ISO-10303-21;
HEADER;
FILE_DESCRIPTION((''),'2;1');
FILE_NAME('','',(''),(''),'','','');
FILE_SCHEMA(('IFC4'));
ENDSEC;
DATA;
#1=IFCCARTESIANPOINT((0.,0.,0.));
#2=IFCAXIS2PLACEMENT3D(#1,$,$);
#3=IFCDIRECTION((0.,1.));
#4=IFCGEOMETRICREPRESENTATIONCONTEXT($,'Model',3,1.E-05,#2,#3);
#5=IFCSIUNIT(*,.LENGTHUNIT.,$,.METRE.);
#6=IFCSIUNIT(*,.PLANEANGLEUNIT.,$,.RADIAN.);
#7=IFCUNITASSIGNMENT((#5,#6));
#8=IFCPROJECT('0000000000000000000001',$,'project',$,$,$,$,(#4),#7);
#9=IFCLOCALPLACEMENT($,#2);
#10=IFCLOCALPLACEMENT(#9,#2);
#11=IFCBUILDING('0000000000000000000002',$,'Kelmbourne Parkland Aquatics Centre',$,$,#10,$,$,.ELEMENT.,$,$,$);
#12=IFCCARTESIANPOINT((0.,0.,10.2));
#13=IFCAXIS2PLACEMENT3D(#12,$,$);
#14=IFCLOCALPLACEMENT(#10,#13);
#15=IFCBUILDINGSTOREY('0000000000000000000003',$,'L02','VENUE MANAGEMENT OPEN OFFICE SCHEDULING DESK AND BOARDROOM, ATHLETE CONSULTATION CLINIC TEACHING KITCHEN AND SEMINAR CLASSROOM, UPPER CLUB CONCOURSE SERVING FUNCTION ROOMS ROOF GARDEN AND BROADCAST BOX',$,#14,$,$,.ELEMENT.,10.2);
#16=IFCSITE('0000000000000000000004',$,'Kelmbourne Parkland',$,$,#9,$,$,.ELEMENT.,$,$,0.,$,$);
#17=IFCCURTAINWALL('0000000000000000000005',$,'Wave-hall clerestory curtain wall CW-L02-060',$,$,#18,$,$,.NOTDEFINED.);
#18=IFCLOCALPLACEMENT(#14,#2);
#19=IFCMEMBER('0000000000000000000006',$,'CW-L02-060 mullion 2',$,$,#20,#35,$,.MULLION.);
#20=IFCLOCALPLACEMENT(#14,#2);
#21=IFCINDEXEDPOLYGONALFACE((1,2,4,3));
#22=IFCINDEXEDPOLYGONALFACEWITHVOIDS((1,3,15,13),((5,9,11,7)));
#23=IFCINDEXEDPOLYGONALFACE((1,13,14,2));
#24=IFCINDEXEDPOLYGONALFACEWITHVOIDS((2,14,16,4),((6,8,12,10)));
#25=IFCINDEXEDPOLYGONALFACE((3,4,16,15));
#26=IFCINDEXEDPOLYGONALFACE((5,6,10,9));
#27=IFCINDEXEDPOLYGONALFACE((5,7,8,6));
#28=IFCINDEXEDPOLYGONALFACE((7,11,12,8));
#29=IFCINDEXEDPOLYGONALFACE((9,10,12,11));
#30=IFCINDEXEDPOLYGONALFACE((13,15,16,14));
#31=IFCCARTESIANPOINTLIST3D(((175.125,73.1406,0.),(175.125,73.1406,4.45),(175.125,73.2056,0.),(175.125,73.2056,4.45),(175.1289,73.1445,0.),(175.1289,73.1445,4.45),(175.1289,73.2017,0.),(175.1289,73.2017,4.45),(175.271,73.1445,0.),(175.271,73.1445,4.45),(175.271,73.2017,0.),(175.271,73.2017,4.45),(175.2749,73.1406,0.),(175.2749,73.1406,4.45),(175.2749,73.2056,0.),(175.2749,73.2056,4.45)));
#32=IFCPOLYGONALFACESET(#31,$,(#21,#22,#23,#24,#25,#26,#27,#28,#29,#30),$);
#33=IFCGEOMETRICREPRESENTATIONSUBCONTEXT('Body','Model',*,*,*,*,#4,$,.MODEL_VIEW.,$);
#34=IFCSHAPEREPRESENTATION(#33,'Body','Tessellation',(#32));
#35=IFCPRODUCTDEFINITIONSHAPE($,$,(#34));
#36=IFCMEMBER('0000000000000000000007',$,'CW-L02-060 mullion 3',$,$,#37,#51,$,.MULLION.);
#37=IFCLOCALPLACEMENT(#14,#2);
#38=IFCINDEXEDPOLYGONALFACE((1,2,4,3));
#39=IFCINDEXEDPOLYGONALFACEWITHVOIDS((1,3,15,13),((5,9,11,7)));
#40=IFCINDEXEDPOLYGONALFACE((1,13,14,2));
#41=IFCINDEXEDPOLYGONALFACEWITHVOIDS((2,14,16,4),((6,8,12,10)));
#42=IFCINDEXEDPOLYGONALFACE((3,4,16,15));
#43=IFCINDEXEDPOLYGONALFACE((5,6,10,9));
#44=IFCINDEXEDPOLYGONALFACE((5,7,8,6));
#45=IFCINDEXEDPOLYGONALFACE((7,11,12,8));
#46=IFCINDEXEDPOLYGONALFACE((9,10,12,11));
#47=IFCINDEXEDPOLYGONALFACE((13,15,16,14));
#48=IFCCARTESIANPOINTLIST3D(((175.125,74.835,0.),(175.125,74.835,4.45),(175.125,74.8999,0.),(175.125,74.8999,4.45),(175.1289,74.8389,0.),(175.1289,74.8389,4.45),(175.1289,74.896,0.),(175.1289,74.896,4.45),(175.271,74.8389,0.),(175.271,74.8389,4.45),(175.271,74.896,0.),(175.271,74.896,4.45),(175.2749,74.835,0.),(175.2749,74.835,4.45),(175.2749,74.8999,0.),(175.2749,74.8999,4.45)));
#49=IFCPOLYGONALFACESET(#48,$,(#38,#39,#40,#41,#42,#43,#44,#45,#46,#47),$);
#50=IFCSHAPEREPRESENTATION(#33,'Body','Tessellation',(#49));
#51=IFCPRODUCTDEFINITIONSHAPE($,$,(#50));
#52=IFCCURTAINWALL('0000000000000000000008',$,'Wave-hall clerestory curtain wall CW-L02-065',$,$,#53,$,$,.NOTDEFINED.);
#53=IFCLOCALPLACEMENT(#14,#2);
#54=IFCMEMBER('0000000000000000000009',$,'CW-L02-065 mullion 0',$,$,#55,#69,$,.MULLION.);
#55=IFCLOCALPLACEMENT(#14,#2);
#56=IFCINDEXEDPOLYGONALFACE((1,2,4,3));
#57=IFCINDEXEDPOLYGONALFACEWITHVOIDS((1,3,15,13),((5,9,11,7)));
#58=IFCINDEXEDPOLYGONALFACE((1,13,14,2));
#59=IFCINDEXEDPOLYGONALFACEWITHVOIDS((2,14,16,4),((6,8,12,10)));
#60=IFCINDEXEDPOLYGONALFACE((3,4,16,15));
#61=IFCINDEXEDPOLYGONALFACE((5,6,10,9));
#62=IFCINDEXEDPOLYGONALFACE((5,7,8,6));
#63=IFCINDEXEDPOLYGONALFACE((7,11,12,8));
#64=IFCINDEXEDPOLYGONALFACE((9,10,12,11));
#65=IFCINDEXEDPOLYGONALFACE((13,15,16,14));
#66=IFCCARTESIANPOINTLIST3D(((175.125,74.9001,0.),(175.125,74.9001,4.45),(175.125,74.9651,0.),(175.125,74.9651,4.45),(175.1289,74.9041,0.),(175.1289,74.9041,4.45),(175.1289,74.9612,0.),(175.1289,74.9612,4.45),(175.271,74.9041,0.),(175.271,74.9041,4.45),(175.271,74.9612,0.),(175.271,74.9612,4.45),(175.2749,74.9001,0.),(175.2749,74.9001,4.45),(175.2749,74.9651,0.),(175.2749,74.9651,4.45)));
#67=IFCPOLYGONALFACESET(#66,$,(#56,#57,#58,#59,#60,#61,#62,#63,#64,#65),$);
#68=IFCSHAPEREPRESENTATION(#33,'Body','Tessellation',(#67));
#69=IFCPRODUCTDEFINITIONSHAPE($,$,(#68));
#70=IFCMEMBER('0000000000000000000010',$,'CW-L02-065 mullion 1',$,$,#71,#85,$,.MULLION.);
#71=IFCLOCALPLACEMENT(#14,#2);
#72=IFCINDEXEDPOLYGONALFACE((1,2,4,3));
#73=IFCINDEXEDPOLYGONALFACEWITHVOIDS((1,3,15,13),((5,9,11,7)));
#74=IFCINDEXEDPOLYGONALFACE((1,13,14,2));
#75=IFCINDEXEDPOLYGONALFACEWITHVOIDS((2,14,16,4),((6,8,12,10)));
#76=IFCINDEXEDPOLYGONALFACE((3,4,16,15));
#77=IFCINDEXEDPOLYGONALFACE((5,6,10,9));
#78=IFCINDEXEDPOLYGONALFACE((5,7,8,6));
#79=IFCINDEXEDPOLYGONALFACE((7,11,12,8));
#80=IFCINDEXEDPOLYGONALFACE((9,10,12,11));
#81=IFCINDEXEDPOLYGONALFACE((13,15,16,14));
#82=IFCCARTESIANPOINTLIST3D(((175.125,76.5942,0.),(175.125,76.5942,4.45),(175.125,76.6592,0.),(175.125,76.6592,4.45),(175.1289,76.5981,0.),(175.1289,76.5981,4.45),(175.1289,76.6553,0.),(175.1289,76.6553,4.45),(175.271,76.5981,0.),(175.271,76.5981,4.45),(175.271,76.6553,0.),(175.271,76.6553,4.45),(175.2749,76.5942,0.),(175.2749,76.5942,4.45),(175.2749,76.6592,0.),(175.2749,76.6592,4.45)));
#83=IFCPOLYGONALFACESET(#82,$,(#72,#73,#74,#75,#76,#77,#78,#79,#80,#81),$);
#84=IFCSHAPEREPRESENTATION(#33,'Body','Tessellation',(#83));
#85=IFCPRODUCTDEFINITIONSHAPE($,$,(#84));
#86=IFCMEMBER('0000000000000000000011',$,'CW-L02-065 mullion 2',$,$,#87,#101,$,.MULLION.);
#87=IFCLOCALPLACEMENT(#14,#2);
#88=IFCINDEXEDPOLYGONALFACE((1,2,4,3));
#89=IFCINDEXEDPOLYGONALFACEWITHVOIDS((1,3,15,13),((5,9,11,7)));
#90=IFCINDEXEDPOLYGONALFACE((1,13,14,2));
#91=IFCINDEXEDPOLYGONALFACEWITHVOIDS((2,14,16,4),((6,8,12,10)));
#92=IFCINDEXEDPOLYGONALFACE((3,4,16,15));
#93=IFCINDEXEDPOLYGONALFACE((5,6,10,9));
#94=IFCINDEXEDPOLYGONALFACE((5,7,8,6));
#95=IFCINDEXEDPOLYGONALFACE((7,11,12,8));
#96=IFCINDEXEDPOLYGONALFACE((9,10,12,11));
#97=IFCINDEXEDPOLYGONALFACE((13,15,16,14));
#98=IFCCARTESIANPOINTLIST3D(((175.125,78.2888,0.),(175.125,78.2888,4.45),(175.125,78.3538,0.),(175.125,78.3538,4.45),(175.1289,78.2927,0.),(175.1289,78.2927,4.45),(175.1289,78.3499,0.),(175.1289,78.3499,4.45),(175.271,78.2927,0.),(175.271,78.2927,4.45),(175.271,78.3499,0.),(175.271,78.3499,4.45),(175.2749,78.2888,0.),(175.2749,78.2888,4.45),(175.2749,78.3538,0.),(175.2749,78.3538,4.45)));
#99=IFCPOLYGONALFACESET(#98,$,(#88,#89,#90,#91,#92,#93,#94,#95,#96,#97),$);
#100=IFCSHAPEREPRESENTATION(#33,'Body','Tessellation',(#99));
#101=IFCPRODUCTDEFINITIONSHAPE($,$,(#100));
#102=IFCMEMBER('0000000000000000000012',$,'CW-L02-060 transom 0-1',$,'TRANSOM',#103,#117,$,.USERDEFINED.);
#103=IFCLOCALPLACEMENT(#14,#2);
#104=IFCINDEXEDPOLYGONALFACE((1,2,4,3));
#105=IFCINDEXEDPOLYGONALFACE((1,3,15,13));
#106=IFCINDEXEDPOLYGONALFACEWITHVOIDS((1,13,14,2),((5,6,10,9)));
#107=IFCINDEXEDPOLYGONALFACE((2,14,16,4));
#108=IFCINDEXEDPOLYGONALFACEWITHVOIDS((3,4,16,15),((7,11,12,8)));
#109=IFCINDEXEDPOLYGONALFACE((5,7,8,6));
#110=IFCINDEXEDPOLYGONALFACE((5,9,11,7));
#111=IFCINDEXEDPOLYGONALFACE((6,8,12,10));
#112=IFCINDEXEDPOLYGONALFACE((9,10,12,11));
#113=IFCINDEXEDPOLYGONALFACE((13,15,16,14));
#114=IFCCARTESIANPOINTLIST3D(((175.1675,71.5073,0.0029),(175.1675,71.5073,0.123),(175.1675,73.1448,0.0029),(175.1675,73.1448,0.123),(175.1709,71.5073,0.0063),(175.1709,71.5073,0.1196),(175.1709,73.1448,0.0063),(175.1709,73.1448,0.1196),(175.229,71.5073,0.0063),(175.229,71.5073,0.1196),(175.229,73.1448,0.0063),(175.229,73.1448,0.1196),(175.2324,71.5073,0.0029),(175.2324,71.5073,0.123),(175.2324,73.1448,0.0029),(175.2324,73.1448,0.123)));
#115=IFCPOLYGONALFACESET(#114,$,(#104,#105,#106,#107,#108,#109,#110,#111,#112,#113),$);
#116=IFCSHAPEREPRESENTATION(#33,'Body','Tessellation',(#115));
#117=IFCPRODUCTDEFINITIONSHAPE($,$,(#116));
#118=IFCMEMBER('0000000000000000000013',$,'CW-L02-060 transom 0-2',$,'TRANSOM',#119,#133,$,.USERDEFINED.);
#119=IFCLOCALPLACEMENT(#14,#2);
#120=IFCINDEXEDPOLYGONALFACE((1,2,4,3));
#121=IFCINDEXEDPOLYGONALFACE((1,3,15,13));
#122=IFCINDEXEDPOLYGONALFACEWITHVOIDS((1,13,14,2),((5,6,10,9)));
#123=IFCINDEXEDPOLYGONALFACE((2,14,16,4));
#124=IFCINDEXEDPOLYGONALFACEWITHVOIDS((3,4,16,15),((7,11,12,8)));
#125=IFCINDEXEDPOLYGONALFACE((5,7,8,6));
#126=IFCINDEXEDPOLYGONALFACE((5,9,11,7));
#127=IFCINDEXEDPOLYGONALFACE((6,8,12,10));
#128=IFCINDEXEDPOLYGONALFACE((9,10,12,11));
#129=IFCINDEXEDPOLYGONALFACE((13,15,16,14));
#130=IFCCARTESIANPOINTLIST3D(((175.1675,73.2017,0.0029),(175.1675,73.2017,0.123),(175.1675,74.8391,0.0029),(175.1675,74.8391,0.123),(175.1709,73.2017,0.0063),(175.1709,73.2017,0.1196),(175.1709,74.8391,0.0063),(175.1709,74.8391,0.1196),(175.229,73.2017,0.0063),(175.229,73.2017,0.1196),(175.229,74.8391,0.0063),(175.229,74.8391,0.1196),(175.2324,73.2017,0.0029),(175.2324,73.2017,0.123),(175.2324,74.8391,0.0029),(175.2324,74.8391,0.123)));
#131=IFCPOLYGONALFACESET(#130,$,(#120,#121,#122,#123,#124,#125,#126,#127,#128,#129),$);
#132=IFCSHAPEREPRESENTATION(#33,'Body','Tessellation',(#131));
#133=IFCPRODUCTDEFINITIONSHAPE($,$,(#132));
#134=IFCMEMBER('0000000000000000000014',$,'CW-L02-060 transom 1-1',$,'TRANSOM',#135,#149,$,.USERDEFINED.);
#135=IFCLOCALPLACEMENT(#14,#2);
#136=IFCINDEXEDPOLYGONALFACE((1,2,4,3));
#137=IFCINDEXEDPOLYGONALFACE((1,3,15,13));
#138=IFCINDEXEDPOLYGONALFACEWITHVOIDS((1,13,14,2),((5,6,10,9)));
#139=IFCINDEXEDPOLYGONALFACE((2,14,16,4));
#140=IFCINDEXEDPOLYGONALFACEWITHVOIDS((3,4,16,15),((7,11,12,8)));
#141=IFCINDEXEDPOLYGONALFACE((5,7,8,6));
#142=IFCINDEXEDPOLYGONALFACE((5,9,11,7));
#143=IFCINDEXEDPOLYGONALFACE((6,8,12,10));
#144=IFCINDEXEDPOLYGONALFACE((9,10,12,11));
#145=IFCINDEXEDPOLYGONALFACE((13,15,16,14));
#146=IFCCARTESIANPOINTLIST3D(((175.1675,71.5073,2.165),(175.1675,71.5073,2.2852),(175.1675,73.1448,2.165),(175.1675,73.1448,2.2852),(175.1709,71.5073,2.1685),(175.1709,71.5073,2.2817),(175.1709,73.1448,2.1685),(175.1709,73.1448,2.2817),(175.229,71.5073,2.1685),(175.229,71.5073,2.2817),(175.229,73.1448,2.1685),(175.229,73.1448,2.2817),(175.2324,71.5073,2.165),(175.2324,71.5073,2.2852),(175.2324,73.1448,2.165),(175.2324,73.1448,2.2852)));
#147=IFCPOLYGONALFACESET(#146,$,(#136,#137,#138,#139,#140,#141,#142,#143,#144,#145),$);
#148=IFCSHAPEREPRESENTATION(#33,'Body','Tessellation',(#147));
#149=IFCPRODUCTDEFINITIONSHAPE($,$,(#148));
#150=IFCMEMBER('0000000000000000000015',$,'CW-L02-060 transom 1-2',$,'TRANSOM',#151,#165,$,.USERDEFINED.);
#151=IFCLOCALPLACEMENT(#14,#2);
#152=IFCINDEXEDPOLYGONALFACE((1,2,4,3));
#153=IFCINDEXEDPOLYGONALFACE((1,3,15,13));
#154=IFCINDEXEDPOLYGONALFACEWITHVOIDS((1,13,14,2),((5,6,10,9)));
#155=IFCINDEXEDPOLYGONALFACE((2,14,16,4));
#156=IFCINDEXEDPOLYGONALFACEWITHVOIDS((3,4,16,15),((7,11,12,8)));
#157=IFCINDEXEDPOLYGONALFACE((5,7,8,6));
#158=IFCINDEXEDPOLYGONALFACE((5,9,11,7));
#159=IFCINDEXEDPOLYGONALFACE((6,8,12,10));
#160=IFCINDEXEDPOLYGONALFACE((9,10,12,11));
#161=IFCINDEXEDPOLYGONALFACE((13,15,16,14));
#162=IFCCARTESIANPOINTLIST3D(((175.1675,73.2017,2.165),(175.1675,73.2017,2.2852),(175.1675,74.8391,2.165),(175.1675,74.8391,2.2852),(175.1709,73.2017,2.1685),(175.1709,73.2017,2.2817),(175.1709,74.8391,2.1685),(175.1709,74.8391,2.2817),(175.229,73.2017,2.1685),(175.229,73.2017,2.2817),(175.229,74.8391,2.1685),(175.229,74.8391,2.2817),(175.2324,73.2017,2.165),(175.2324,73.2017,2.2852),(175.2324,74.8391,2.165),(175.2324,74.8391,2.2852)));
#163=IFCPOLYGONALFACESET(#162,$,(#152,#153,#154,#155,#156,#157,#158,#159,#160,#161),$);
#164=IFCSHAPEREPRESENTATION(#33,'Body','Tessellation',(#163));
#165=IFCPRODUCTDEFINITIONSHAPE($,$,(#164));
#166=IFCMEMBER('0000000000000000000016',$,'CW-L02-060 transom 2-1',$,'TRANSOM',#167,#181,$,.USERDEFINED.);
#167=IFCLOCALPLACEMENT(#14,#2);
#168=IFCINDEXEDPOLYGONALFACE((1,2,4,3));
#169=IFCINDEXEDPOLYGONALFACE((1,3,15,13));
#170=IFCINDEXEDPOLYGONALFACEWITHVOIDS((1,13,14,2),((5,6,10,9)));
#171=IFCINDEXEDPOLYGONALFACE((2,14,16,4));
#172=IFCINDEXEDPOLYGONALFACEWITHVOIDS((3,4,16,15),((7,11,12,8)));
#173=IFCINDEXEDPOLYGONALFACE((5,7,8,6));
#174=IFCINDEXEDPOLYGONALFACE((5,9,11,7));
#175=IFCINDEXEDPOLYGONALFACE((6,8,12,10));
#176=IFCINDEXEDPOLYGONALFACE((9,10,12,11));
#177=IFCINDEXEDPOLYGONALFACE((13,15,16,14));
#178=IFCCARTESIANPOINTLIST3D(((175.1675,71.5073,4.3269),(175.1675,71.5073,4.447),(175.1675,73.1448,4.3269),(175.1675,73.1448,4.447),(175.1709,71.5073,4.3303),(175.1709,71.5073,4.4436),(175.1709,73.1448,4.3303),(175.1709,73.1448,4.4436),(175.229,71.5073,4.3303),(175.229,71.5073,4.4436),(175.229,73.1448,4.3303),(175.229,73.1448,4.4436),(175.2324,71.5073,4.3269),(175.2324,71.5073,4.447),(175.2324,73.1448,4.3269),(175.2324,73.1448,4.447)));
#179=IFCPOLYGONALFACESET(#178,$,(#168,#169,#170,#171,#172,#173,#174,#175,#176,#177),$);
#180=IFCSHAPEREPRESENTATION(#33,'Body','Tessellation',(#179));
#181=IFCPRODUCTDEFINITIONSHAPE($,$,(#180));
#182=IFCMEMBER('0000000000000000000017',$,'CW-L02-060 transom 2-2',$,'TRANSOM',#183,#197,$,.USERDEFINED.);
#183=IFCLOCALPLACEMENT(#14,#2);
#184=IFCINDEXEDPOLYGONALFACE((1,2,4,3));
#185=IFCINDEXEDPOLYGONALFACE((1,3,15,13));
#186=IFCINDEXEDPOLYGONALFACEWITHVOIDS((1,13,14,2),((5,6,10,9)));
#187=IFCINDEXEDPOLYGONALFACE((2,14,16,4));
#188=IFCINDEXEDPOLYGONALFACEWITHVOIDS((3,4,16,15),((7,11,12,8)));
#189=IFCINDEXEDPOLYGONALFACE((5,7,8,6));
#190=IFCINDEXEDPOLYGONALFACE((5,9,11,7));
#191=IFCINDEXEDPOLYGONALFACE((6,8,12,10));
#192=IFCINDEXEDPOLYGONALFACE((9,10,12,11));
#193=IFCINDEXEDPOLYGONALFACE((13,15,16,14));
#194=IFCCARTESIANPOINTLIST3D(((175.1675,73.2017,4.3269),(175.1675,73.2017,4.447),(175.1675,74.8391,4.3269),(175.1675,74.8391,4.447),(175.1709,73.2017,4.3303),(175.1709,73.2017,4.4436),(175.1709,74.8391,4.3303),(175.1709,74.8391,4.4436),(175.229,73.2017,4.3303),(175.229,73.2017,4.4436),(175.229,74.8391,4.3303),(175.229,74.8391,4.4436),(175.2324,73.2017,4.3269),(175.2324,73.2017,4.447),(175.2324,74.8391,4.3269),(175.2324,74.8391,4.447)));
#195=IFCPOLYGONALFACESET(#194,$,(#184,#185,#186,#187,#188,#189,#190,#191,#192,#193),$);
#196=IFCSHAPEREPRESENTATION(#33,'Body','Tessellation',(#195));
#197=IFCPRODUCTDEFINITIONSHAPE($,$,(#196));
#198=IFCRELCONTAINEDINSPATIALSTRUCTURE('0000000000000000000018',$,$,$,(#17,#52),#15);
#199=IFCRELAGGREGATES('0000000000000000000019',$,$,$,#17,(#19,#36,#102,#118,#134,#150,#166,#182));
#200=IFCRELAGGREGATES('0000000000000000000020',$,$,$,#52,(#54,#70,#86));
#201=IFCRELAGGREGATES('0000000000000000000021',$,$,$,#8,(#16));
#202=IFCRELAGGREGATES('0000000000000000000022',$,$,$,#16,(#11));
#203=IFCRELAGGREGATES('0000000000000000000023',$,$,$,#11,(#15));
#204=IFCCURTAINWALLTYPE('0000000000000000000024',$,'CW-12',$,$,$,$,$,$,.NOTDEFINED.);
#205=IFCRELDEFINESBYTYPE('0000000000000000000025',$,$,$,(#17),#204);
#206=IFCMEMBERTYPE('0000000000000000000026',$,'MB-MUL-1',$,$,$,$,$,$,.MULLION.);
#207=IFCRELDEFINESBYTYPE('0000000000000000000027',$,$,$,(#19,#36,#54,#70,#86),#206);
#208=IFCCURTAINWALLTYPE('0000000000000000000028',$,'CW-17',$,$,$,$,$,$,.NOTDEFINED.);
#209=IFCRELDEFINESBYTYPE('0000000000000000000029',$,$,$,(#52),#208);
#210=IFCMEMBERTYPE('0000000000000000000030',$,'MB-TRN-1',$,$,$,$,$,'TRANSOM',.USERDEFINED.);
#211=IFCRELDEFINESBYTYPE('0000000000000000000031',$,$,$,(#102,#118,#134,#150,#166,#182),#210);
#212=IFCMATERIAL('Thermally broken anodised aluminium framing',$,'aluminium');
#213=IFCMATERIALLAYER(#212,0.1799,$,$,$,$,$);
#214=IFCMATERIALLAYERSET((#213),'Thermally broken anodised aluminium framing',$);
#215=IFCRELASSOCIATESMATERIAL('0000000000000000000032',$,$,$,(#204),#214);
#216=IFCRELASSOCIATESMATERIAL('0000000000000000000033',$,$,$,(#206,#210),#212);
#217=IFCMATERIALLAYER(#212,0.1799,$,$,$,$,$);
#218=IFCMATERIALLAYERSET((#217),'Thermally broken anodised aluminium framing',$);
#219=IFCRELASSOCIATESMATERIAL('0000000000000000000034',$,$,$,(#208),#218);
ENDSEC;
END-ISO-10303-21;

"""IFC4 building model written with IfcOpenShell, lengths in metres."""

from ifc_helpers import new_model, si_unit, direction, frame, origin, origin_2d, place, context, subcontext, project, spatial, hollow_rectangle, extrude, material, layer, layer_set, material_profile, profile_set, type_object, element, aggregate, save


model = new_model("IFC4")

# Units and contexts
model_context = context("Model", 3, precision=1e-05, world=origin(), true_north=direction((0.0, 1.0)))
body_context = subcontext(model_context, "Body", "Model", "MODEL_VIEW")
ifc_project = project(units=[si_unit("LENGTHUNIT", "METRE"), si_unit("PLANEANGLEUNIT", "RADIAN")], contexts=[model_context])

# Site, building, storey
site_placement = place(None, origin())
site = spatial("IfcSite", under=ifc_project, at=site_placement, Name="Kelmbourne Parkland", CompositionType="ELEMENT", RefElevation=0.0)
building_placement = place(site_placement, origin())
building = spatial("IfcBuilding", under=site, at=building_placement, Name="Kelmbourne Parkland Aquatics Centre", CompositionType="ELEMENT")
storey_placement = place(building_placement, frame((0.0, 0.0, 10.2)))
storey = spatial("IfcBuildingStorey", under=building, at=storey_placement, Name="L02", Description="VENUE MANAGEMENT OPEN OFFICE SCHEDULING DESK AND BOARDROOM, ATHLETE CONSULTATION CLINIC TEACHING KITCHEN AND SEMINAR CLASSROOM, UPPER CLUB CONCOURSE SERVING FUNCTION ROOMS ROOF GARDEN AND BROADCAST BOX", CompositionType="ELEMENT", Elevation=10.2)

# Curtain walls, members
ifc_material_1 = material(Name="Thermally broken anodised aluminium framing", Category="aluminium")
ifc_layer_1 = layer(ifc_material_1, 0.1799)
ifc_layer_set_1 = layer_set([ifc_layer_1], Name="Thermally broken anodised aluminium framing")
curtain_wall_type_1 = type_object("IfcCurtainWallType", Name="CW-12", PredefinedType="NOTDEFINED", material=ifc_layer_set_1)
curtain_wall_1_placement = place(storey_placement, origin())
curtain_wall_1 = element("IfcCurtainWall", 1, at=curtain_wall_1_placement, inside=storey, type_object=curtain_wall_type_1, Name="Wave-hall clerestory curtain wall CW-L02-060", PredefinedType="NOTDEFINED")
ifc_material_profile_1 = material_profile(ifc_material_1, hollow_rectangle(XDim=0.0649, YDim=0.1499, WallThickness=0.0039, at=origin_2d()), Name="CW-M 65x150")
ifc_profile_set_1 = profile_set([ifc_material_profile_1], Name="Thermally broken anodised aluminium framing")
member_type_1 = type_object("IfcMemberType", Name="MB-MUL-1", PredefinedType="MULLION", material=ifc_profile_set_1)
member_1_placement = place(storey_placement, frame((175.2, 73.1731, 0.0), z_axis=(0.0, 0.0, 1.0), x_axis=(0.0, 1.0, 0.0)))
member_1 = element("IfcMember", 2, at=member_1_placement, type_object=member_type_1, Name="CW-L02-060 mullion 2", PredefinedType="MULLION", context=body_context, shape_type="SweptSolid", body=[
    extrude(hollow_rectangle(XDim=0.0649, YDim=0.1499, WallThickness=0.0039, at=origin_2d()), origin(), (0.0, 0.0, 1.0), 4.45),
])
member_2_placement = place(storey_placement, frame((175.2, 74.8674, 0.0), z_axis=(0.0, 0.0, 1.0), x_axis=(0.0, 1.0, 0.0)))
member_2 = element("IfcMember", 3, at=member_2_placement, type_object=member_type_1, Name="CW-L02-060 mullion 3", PredefinedType="MULLION", context=body_context, shape_type="SweptSolid", body=[
    extrude(hollow_rectangle(XDim=0.0649, YDim=0.1499, WallThickness=0.0039, at=origin_2d()), origin(), (0.0, 0.0, 1.0), 4.45),
])
ifc_layer_2 = layer(ifc_material_1, 0.1799)
ifc_layer_set_2 = layer_set([ifc_layer_2], Name="Thermally broken anodised aluminium framing")
curtain_wall_type_2 = type_object("IfcCurtainWallType", Name="CW-17", PredefinedType="NOTDEFINED", material=ifc_layer_set_2)
curtain_wall_2_placement = place(storey_placement, origin())
curtain_wall_2 = element("IfcCurtainWall", 4, at=curtain_wall_2_placement, inside=storey, type_object=curtain_wall_type_2, Name="Wave-hall clerestory curtain wall CW-L02-065", PredefinedType="NOTDEFINED")
member_3_placement = place(storey_placement, frame((175.2, 74.9326, 0.0), z_axis=(0.0, 0.0, 1.0), x_axis=(0.0, 1.0, 0.0)))
member_3 = element("IfcMember", 5, at=member_3_placement, type_object=member_type_1, Name="CW-L02-065 mullion 0", PredefinedType="MULLION", context=body_context, shape_type="SweptSolid", body=[
    extrude(hollow_rectangle(XDim=0.0649, YDim=0.1499, WallThickness=0.0039, at=origin_2d()), origin(), (0.0, 0.0, 1.0), 4.45),
])
member_4_placement = place(storey_placement, frame((175.2, 76.6267, 0.0), z_axis=(0.0, 0.0, 1.0), x_axis=(0.0, 1.0, 0.0)))
member_4 = element("IfcMember", 6, at=member_4_placement, type_object=member_type_1, Name="CW-L02-065 mullion 1", PredefinedType="MULLION", context=body_context, shape_type="SweptSolid", body=[
    extrude(hollow_rectangle(XDim=0.0649, YDim=0.1499, WallThickness=0.0039, at=origin_2d()), origin(), (0.0, 0.0, 1.0), 4.45),
])
member_5_placement = place(storey_placement, frame((175.2, 78.3213, 0.0), z_axis=(0.0, 0.0, 1.0), x_axis=(0.0, 1.0, 0.0)))
member_5 = element("IfcMember", 7, at=member_5_placement, type_object=member_type_1, Name="CW-L02-065 mullion 2", PredefinedType="MULLION", context=body_context, shape_type="SweptSolid", body=[
    extrude(hollow_rectangle(XDim=0.0649, YDim=0.1499, WallThickness=0.0039, at=origin_2d()), origin(), (0.0, 0.0, 1.0), 4.45),
])

# Members
ifc_material_profile_2 = material_profile(ifc_material_1, hollow_rectangle(XDim=0.0649, YDim=0.1201, WallThickness=0.0034, at=origin_2d()), Name="CW-T 65x120")
ifc_profile_set_2 = profile_set([ifc_material_profile_2], Name="Thermally broken anodised aluminium framing")
member_type_2 = type_object("IfcMemberType", Name="MB-TRN-1", ElementType="TRANSOM", PredefinedType="USERDEFINED", material=ifc_profile_set_2)
member_6_placement = place(storey_placement, frame((175.2, 71.5073, 0.063), z_axis=(0.0, 1.0, 0.0), x_axis=(-1.0, 0.0, 0.0)))
member_6 = element("IfcMember", 8, at=member_6_placement, type_object=member_type_2, Name="CW-L02-060 transom 0-1", ObjectType="TRANSOM", PredefinedType="USERDEFINED", context=body_context, shape_type="SweptSolid", body=[
    extrude(hollow_rectangle(XDim=0.0649, YDim=0.1201, WallThickness=0.0034, at=origin_2d()), origin(), (0.0, 0.0, 1.0), 1.6375),
])
member_7_placement = place(storey_placement, frame((175.2, 73.2017, 0.063), z_axis=(0.0, 1.0, 0.0), x_axis=(-1.0, 0.0, 0.0)))
member_7 = element("IfcMember", 9, at=member_7_placement, type_object=member_type_2, Name="CW-L02-060 transom 0-2", ObjectType="TRANSOM", PredefinedType="USERDEFINED", context=body_context, shape_type="SweptSolid", body=[
    extrude(hollow_rectangle(XDim=0.0649, YDim=0.1201, WallThickness=0.0034, at=origin_2d()), origin(), (0.0, 0.0, 1.0), 1.6375),
])
member_8_placement = place(storey_placement, frame((175.2, 71.5073, 2.2251), z_axis=(0.0, 1.0, 0.0), x_axis=(-1.0, 0.0, 0.0)))
member_8 = element("IfcMember", 10, at=member_8_placement, type_object=member_type_2, Name="CW-L02-060 transom 1-1", ObjectType="TRANSOM", PredefinedType="USERDEFINED", context=body_context, shape_type="SweptSolid", body=[
    extrude(hollow_rectangle(XDim=0.0649, YDim=0.1201, WallThickness=0.0034, at=origin_2d()), origin(), (0.0, 0.0, 1.0), 1.6375),
])
member_9_placement = place(storey_placement, frame((175.2, 73.2017, 2.2251), z_axis=(0.0, 1.0, 0.0), x_axis=(-1.0, 0.0, 0.0)))
member_9 = element("IfcMember", 11, at=member_9_placement, type_object=member_type_2, Name="CW-L02-060 transom 1-2", ObjectType="TRANSOM", PredefinedType="USERDEFINED", context=body_context, shape_type="SweptSolid", body=[
    extrude(hollow_rectangle(XDim=0.0649, YDim=0.1201, WallThickness=0.0034, at=origin_2d()), origin(), (0.0, 0.0, 1.0), 1.6375),
])
member_10_placement = place(storey_placement, frame((175.2, 71.5073, 4.387), z_axis=(0.0, 1.0, 0.0), x_axis=(-1.0, 0.0, 0.0)))
member_10 = element("IfcMember", 12, at=member_10_placement, type_object=member_type_2, Name="CW-L02-060 transom 2-1", ObjectType="TRANSOM", PredefinedType="USERDEFINED", context=body_context, shape_type="SweptSolid", body=[
    extrude(hollow_rectangle(XDim=0.0649, YDim=0.1201, WallThickness=0.0034, at=origin_2d()), origin(), (0.0, 0.0, 1.0), 1.6375),
])
member_11_placement = place(storey_placement, frame((175.2, 73.2017, 4.387), z_axis=(0.0, 1.0, 0.0), x_axis=(-1.0, 0.0, 0.0)))
member_11 = element("IfcMember", 13, at=member_11_placement, type_object=member_type_2, Name="CW-L02-060 transom 2-2", ObjectType="TRANSOM", PredefinedType="USERDEFINED", context=body_context, shape_type="SweptSolid", body=[
    extrude(hollow_rectangle(XDim=0.0649, YDim=0.1201, WallThickness=0.0034, at=origin_2d()), origin(), (0.0, 0.0, 1.0), 1.6375),
])

aggregate(curtain_wall_1, [member_1, member_2, member_6, member_7, member_8, member_9, member_10, member_11])
aggregate(curtain_wall_2, [member_3, member_4, member_5])

save(model, "model.ifc")
